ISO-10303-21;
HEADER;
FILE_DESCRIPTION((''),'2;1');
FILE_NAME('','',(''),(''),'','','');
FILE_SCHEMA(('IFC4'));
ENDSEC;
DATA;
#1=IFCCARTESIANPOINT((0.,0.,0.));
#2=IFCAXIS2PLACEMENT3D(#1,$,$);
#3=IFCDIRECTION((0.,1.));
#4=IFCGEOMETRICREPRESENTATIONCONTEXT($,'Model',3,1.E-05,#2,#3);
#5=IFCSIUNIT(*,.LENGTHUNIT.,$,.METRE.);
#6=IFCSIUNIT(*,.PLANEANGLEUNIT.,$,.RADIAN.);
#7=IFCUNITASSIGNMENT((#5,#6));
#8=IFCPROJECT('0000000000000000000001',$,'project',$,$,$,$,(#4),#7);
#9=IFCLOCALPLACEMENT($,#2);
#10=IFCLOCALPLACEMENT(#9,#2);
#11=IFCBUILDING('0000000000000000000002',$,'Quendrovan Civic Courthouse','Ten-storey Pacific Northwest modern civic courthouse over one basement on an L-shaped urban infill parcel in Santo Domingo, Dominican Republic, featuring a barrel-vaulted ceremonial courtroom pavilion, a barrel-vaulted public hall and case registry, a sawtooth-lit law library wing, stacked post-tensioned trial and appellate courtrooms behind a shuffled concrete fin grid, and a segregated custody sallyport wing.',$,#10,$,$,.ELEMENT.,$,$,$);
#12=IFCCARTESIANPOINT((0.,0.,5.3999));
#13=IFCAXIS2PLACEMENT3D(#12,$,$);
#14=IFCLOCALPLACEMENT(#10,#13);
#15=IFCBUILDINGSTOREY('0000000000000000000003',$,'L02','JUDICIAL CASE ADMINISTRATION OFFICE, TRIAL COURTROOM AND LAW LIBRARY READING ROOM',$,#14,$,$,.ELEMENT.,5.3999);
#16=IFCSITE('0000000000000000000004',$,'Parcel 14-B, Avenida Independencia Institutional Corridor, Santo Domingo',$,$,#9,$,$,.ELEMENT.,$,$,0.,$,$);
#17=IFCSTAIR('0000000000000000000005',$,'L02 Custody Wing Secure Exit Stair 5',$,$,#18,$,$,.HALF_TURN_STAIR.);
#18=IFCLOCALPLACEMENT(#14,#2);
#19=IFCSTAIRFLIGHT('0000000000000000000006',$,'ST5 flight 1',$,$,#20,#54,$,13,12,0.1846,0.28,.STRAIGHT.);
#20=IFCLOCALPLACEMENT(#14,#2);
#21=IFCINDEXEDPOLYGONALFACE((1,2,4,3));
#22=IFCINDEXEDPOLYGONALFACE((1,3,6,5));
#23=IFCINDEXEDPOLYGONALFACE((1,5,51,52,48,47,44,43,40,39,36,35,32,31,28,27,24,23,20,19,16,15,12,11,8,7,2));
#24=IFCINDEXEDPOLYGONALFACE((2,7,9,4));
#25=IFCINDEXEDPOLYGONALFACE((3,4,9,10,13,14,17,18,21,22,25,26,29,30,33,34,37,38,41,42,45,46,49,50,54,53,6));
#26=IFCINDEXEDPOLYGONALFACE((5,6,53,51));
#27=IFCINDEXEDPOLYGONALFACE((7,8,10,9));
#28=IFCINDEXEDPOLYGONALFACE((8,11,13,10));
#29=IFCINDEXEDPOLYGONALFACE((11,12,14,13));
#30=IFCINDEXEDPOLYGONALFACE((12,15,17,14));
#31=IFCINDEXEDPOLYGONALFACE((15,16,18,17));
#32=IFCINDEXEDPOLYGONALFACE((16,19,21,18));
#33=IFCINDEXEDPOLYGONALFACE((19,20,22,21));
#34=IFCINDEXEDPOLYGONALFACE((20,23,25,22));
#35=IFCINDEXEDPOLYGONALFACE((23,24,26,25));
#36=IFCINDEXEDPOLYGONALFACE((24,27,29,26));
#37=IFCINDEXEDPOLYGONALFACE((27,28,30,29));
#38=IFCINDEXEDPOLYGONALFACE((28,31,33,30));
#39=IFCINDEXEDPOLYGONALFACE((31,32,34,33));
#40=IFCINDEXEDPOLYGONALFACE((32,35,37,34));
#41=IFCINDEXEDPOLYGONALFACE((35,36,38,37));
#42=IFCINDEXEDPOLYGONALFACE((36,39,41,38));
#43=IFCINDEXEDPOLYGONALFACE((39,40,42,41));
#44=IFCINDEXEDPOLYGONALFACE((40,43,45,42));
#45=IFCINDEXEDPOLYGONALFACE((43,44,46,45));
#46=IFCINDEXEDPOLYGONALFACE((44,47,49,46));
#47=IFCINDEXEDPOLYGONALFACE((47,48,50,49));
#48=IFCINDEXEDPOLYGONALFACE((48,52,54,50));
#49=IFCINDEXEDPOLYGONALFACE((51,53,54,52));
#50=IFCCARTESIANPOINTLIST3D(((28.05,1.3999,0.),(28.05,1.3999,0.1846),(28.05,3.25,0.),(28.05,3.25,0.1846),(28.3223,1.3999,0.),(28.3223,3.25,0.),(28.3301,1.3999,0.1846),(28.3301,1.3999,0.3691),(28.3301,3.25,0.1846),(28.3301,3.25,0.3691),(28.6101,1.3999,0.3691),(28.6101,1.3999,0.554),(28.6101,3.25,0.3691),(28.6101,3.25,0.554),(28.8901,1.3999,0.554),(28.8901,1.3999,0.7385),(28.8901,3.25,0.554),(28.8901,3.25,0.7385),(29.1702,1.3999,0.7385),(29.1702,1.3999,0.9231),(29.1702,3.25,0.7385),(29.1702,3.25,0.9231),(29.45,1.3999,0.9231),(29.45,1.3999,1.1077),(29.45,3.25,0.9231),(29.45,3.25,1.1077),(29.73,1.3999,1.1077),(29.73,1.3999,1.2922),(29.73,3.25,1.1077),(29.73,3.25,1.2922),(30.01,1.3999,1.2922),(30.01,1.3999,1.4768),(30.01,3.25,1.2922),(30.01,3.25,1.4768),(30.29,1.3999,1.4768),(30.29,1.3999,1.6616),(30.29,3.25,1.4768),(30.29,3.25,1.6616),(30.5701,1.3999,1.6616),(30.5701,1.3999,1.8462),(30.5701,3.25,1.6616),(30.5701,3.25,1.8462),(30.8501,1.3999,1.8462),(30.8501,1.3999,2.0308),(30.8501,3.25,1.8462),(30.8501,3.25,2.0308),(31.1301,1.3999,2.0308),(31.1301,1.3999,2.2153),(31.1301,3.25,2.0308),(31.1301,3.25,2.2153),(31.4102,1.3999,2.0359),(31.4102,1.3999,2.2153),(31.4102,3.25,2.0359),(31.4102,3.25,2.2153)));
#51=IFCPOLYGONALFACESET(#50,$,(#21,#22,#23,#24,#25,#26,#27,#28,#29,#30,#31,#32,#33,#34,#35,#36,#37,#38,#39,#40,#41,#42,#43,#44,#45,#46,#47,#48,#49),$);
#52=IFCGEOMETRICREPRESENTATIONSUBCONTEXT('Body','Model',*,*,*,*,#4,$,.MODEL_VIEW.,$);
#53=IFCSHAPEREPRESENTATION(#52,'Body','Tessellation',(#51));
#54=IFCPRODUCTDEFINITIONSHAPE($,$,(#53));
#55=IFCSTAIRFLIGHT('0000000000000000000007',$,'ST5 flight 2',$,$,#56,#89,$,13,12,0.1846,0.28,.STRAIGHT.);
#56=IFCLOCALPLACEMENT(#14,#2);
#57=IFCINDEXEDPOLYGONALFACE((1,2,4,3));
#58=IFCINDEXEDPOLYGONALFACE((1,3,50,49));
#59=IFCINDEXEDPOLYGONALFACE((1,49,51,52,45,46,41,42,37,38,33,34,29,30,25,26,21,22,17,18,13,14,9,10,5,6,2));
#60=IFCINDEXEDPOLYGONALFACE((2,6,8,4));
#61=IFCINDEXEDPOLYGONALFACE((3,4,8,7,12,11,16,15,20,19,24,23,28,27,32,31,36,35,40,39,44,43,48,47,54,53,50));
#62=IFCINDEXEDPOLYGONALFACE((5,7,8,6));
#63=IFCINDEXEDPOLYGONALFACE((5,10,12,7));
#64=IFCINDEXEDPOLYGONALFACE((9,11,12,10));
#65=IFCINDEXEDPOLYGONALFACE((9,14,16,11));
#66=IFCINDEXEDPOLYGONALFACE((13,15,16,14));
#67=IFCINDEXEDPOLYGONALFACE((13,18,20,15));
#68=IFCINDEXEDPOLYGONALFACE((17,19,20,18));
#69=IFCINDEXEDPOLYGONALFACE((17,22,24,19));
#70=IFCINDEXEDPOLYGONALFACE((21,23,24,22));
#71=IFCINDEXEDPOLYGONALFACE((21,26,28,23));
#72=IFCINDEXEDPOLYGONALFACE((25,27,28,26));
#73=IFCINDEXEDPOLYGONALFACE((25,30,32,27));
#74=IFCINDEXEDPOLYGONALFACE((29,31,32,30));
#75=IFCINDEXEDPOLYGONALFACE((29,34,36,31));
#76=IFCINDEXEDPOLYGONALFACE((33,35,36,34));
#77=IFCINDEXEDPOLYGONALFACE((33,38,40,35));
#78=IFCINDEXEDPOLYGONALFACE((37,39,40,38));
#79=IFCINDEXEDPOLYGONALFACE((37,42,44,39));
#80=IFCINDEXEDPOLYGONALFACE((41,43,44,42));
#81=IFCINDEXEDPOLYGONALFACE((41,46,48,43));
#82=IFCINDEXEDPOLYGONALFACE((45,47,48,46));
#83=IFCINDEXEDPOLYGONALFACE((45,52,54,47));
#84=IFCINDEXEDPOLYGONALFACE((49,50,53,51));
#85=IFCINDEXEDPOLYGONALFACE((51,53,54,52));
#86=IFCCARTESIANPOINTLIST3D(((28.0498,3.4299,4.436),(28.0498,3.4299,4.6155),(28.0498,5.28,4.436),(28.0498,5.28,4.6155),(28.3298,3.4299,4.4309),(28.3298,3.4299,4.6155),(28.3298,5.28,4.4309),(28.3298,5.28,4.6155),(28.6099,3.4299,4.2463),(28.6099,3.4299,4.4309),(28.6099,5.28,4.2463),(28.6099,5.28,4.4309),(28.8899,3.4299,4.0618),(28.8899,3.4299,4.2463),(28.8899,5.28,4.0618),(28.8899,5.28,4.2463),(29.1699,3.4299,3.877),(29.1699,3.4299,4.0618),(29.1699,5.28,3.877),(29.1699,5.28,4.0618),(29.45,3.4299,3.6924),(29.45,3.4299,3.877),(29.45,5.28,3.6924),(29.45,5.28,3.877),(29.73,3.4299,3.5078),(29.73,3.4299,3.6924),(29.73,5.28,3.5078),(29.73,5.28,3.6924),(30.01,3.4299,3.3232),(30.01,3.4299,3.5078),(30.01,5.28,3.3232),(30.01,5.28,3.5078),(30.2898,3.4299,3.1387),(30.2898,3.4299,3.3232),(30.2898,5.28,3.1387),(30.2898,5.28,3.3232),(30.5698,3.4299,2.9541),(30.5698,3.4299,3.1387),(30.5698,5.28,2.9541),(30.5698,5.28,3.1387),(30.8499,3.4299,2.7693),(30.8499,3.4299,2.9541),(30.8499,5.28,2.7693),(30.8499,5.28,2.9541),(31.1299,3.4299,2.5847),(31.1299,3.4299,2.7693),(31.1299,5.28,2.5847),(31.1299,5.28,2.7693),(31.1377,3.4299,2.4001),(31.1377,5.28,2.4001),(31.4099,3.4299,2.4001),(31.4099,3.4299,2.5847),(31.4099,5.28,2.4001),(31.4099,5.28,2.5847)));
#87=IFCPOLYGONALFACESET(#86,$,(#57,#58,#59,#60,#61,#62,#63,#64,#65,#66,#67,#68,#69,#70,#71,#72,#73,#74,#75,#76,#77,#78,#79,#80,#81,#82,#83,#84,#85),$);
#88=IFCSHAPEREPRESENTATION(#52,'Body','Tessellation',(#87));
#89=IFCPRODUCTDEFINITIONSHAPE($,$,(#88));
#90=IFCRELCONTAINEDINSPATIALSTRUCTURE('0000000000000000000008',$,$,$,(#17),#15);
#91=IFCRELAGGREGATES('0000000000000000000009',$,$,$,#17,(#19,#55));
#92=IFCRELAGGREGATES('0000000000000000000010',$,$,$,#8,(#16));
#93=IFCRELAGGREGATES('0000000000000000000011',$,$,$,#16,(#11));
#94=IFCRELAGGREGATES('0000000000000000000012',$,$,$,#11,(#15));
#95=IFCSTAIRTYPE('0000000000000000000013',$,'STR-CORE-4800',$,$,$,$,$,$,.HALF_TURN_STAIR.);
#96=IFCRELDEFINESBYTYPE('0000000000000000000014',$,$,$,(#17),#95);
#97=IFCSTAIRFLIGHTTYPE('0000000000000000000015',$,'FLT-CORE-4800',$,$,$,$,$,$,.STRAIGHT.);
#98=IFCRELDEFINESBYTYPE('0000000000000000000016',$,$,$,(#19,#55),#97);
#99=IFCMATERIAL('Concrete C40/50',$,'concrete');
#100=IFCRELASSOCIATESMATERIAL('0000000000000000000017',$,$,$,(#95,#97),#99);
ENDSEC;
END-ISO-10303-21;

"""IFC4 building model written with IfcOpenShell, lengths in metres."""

from ifc_helpers import new_model, si_unit, direction, frame, origin, place, context, subcontext, project, spatial, polyline, outline, extrude, material, type_object, element, aggregate, save


model = new_model("IFC4")

# Units and contexts
model_context = context("Model", 3, precision=1e-05, world=origin(), true_north=direction((0.0, 1.0)))
body_context = subcontext(model_context, "Body", "Model", "MODEL_VIEW")
ifc_project = project(units=[si_unit("LENGTHUNIT", "METRE"), si_unit("PLANEANGLEUNIT", "RADIAN")], contexts=[model_context])

# Site, building, storey
site_placement = place(None, origin())
site = spatial("IfcSite", under=ifc_project, at=site_placement, Name="Parcel 14-B, Avenida Independencia Institutional Corridor, Santo Domingo", CompositionType="ELEMENT", RefElevation=0.0)
building_placement = place(site_placement, origin())
building = spatial("IfcBuilding", under=site, at=building_placement, Name="Quendrovan Civic Courthouse", Description="Ten-storey Pacific Northwest modern civic courthouse over one basement on an L-shaped urban infill parcel in Santo Domingo, Dominican Republic, featuring a barrel-vaulted ceremonial courtroom pavilion, a barrel-vaulted public hall and case registry, a sawtooth-lit law library wing, stacked post-tensioned trial and appellate courtrooms behind a shuffled concrete fin grid, and a segregated custody sallyport wing.", CompositionType="ELEMENT")
storey_placement = place(building_placement, frame((0.0, 0.0, 5.3999)))
storey = spatial("IfcBuildingStorey", under=building, at=storey_placement, Name="L02", Description="JUDICIAL CASE ADMINISTRATION OFFICE, TRIAL COURTROOM AND LAW LIBRARY READING ROOM", CompositionType="ELEMENT", Elevation=5.3999)

# Shared definitions
ifc_material_1 = material(Name="Concrete C40/50", Category="concrete")

# Stair, stair flights
stair_type = type_object("IfcStairType", Name="STR-CORE-4800", PredefinedType="HALF_TURN_STAIR", material=ifc_material_1)
stair_placement = place(storey_placement, origin())
stair = element("IfcStair", 1, at=stair_placement, inside=storey, type_object=stair_type, Name="L02 Custody Wing Secure Exit Stair 5", PredefinedType="HALF_TURN_STAIR")
stair_flight_type = type_object("IfcStairFlightType", Name="FLT-CORE-4800", PredefinedType="STRAIGHT", material=ifc_material_1)
stair_flight_1_placement = place(storey_placement, frame((28.05, 2.325, 0.0), z_axis=(0.0, 0.0, 1.0), x_axis=(1.0, 0.0, 0.0)))
stair_flight_1 = element("IfcStairFlight", 2, at=stair_flight_1_placement, type_object=stair_flight_type, Name="ST5 flight 1", NumberOfRisers=13, NumberOfTreads=12, PredefinedType="STRAIGHT", RiserHeight=0.1846, TreadLength=0.28, context=body_context, shape_type="SweptSolid", body=[
    extrude(outline(polyline([(0.0, 0.0), (0.0, 0.1846), (0.28, 0.1846), (0.28, 0.3691), (0.5601, 0.3691), (0.5601, 0.554), (0.8401, 0.554), (0.8401, 0.7385), (1.1201, 0.7385), (1.1201, 0.9231), (1.3999, 0.9231), (1.3999, 1.1077), (1.6799, 1.1077), (1.6799, 1.2922), (1.96, 1.2922), (1.96, 1.4768), (2.24, 1.4768), (2.24, 1.6616), (2.52, 1.6616), (2.52, 1.8462), (2.8, 1.8462), (2.8, 2.0308), (3.0801, 2.0308), (3.0801, 2.2153), (3.3601, 2.2153), (3.3601, 2.3999), (3.3601, 2.0359), (0.2722, 0.0), (0.0, 0.0)])), frame((0.0, 0.925, 0.0), z_axis=(0.0, -1.0, 0.0), x_axis=(1.0, 0.0, 0.0)), (0.0, 0.0, 1.0), 1.8501),
])
stair_flight_2_placement = place(storey_placement, frame((31.4099, 4.355, 2.4001), z_axis=(0.0, 0.0, 1.0), x_axis=(-1.0, 0.0, 0.0)))
stair_flight_2 = element("IfcStairFlight", 3, at=stair_flight_2_placement, type_object=stair_flight_type, Name="ST5 flight 2", NumberOfRisers=13, NumberOfTreads=12, PredefinedType="STRAIGHT", RiserHeight=0.1846, TreadLength=0.28, context=body_context, shape_type="SweptSolid", body=[
    extrude(outline(polyline([(0.0, 0.0), (0.0, 0.1846), (0.28, 0.1846), (0.28, 0.3691), (0.5601, 0.3691), (0.5601, 0.554), (0.8401, 0.554), (0.8401, 0.7385), (1.1201, 0.7385), (1.1201, 0.9231), (1.3999, 0.9231), (1.3999, 1.1077), (1.6799, 1.1077), (1.6799, 1.2922), (1.96, 1.2922), (1.96, 1.4768), (2.24, 1.4768), (2.24, 1.6616), (2.52, 1.6616), (2.52, 1.8462), (2.8, 1.8462), (2.8, 2.0308), (3.0801, 2.0308), (3.0801, 2.2153), (3.3601, 2.2153), (3.3601, 2.3999), (3.3601, 2.0359), (0.2722, 0.0), (0.0, 0.0)])), frame((0.0, 0.925, 0.0), z_axis=(0.0, -1.0, 0.0), x_axis=(1.0, 0.0, 0.0)), (0.0, 0.0, 1.0), 1.8501),
])
aggregate(stair, [stair_flight_1, stair_flight_2])

save(model, "model.ifc")
